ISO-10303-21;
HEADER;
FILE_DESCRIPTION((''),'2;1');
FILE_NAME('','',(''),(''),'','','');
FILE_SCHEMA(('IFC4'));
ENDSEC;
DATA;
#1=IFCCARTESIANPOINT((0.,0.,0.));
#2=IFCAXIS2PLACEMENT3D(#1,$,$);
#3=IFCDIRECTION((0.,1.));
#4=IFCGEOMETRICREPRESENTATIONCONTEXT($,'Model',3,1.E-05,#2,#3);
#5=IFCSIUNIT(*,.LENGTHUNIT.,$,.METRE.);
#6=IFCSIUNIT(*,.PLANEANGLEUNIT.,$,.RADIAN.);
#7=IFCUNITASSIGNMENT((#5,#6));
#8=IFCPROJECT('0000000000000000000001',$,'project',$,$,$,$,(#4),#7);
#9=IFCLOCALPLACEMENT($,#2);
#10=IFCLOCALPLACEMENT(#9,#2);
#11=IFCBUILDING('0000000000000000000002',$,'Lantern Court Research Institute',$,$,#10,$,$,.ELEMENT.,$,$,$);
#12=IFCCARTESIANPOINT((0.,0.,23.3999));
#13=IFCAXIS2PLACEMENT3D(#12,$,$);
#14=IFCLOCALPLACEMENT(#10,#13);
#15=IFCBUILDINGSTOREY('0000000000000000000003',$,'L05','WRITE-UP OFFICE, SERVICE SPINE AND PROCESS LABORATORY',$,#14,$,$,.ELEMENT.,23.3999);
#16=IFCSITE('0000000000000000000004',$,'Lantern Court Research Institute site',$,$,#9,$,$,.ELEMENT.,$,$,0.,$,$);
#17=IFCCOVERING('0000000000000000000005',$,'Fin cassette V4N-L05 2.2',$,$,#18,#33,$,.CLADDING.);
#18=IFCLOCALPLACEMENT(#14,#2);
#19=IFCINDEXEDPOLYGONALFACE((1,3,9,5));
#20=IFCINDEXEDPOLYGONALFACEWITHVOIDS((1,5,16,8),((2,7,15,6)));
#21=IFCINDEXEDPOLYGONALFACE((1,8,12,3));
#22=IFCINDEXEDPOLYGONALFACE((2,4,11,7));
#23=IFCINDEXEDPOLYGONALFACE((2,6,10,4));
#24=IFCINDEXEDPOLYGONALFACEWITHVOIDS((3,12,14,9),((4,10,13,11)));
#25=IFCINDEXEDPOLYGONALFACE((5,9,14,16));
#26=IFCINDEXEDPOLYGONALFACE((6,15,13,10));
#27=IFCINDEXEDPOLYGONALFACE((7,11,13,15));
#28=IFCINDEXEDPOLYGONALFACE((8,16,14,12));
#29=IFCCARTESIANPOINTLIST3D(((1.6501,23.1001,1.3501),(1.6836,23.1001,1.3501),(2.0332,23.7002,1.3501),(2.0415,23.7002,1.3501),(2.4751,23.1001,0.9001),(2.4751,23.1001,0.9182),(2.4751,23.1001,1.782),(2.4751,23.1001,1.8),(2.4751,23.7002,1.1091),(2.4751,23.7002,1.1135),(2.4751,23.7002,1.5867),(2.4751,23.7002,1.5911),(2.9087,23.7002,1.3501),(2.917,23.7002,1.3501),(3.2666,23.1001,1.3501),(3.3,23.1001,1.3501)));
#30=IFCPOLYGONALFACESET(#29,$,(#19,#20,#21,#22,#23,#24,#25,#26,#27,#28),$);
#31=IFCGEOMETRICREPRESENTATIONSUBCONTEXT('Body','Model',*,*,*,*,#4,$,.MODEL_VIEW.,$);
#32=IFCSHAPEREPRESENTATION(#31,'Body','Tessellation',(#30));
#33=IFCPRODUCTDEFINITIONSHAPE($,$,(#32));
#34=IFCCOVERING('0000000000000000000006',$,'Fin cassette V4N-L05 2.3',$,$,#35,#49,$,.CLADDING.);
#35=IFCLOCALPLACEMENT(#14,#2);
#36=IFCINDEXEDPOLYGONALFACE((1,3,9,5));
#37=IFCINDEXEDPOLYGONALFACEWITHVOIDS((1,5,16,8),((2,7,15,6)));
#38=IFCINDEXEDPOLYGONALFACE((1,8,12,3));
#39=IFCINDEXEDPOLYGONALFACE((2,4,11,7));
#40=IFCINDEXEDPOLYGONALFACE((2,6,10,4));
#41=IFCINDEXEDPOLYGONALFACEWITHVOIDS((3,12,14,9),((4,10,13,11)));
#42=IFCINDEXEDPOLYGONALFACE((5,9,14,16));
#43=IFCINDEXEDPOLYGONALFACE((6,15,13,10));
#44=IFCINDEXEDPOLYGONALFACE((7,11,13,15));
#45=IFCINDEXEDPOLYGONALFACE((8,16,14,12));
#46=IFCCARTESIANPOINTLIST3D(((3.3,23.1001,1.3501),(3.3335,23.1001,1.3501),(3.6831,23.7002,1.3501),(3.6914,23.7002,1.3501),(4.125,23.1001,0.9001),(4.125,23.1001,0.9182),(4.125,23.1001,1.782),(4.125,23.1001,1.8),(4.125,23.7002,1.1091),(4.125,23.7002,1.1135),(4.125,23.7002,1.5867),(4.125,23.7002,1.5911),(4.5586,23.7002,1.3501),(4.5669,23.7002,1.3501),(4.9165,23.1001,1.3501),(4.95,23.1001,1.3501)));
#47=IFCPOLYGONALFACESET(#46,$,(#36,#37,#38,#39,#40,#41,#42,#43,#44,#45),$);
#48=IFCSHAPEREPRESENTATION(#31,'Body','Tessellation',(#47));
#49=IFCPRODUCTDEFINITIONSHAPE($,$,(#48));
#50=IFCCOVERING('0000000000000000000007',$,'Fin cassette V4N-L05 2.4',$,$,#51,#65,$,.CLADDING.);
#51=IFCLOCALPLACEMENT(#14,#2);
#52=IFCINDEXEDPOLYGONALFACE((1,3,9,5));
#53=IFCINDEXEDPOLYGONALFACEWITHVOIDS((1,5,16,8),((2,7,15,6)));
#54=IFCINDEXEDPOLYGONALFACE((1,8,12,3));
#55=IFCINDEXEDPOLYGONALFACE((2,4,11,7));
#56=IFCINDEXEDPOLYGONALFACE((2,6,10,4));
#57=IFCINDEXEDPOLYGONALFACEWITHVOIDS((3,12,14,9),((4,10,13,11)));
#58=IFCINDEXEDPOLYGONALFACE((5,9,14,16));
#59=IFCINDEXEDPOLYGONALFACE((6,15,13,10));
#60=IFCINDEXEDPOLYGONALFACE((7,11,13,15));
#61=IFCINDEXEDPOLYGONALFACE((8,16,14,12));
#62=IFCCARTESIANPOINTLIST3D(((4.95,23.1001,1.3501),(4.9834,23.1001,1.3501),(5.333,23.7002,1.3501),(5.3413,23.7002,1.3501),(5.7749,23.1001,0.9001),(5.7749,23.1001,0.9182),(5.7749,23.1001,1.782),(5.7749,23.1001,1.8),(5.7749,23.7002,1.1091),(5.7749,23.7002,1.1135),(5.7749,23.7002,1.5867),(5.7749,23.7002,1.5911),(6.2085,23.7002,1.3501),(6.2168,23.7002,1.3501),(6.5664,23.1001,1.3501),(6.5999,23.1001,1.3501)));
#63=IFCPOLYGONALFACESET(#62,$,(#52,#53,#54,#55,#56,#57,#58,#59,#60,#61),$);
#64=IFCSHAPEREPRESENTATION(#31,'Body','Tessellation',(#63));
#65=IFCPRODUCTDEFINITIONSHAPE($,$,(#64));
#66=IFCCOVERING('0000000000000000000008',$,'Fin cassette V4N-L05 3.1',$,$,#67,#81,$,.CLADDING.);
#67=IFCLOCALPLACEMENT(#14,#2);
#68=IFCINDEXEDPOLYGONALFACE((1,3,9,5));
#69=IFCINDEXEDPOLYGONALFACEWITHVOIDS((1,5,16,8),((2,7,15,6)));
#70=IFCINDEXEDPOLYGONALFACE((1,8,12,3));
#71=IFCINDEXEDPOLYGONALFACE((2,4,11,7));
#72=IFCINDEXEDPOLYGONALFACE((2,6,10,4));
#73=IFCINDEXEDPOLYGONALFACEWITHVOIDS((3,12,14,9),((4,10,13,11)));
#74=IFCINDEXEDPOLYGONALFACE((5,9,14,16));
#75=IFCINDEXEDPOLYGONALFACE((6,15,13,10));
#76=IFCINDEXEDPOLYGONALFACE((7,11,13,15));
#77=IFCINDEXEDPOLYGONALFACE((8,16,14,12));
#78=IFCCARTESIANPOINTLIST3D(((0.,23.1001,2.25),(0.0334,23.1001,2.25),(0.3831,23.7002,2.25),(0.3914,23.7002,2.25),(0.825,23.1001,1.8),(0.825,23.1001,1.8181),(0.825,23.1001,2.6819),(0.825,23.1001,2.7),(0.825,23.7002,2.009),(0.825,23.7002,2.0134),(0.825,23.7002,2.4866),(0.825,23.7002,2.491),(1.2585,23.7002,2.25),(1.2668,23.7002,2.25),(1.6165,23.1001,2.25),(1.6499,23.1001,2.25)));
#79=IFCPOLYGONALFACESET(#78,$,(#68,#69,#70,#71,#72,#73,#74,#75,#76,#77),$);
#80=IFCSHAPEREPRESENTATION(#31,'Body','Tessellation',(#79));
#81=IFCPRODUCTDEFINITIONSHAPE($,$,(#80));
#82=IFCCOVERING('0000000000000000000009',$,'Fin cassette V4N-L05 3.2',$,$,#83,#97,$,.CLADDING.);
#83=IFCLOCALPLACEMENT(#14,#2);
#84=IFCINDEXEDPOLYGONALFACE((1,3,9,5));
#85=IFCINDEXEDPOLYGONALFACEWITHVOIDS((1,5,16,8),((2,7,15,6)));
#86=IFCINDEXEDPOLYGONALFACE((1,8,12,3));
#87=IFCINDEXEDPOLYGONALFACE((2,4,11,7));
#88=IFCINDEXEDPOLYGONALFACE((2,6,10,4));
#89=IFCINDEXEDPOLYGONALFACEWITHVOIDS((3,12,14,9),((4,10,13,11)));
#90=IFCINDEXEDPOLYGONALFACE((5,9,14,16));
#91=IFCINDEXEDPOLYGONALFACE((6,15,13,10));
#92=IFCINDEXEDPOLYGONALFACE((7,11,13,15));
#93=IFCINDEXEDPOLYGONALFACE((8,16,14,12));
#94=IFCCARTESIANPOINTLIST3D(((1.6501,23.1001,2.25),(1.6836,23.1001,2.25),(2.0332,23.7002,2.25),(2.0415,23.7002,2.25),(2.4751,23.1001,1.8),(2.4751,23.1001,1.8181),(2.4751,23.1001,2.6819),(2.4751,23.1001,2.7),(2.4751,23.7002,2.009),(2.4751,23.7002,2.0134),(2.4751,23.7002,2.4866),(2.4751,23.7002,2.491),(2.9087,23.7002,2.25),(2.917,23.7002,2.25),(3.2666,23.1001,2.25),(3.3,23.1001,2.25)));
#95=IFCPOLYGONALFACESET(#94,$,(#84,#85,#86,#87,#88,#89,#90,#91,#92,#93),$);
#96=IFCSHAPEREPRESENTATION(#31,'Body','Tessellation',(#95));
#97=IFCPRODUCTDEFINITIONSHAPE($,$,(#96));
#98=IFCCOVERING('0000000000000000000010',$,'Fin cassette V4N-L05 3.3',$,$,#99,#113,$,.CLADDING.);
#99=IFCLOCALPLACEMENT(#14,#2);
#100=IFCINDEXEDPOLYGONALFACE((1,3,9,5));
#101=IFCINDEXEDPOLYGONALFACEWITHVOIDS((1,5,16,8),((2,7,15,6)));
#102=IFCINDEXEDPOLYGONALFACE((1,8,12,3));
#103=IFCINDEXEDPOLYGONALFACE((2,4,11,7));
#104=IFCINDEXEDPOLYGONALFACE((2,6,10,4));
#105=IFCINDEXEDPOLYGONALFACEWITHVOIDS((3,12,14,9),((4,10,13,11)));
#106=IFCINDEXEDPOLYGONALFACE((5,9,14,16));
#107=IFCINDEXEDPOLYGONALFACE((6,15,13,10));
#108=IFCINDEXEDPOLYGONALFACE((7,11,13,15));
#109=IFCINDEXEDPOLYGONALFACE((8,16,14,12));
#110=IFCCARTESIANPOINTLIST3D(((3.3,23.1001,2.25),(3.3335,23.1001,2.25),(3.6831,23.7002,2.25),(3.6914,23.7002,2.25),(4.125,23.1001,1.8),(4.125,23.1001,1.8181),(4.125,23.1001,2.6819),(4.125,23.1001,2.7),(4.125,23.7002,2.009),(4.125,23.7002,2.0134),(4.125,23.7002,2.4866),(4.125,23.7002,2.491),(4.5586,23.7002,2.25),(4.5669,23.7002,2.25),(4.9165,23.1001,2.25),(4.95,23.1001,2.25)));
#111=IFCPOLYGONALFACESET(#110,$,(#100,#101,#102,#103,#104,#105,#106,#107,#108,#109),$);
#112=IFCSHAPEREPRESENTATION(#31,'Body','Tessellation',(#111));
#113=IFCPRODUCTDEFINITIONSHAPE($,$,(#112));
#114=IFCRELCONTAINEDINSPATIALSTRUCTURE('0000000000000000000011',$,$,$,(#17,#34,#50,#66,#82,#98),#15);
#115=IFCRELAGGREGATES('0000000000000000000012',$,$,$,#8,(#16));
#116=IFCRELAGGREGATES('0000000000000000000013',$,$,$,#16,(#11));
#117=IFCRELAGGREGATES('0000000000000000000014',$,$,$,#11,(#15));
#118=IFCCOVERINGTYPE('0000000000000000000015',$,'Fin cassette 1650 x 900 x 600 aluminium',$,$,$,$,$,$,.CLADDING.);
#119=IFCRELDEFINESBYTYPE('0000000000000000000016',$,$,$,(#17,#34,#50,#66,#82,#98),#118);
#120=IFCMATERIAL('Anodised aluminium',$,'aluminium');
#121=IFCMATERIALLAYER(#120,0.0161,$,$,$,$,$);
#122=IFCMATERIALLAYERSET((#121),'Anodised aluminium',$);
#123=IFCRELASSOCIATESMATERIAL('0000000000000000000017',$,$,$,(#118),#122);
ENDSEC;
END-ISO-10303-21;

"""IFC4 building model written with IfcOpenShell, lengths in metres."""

from ifc_helpers import new_model, entity, si_unit, direction, frame, origin, place, context, subcontext, project, spatial, material, layer, layer_set, type_object, element, save


model = new_model("IFC4")

# Units and contexts
model_context = context("Model", 3, precision=1e-05, world=origin(), true_north=direction((0.0, 1.0)))
body_context = subcontext(model_context, "Body", "Model", "MODEL_VIEW")
ifc_project = project(units=[si_unit("LENGTHUNIT", "METRE"), si_unit("PLANEANGLEUNIT", "RADIAN")], contexts=[model_context])

# Site, building, storey
site_placement = place(None, origin())
site = spatial("IfcSite", under=ifc_project, at=site_placement, Name="Lantern Court Research Institute site", CompositionType="ELEMENT", RefElevation=0.0)
building_placement = place(site_placement, origin())
building = spatial("IfcBuilding", under=site, at=building_placement, Name="Lantern Court Research Institute", CompositionType="ELEMENT")
storey_placement = place(building_placement, frame((0.0, 0.0, 23.3999)))
storey = spatial("IfcBuildingStorey", under=building, at=storey_placement, Name="L05", Description="WRITE-UP OFFICE, SERVICE SPINE AND PROCESS LABORATORY", CompositionType="ELEMENT", Elevation=23.3999)

# Coverings
ifc_material_1 = material(Name="Anodised aluminium", Category="aluminium")
ifc_layer_1 = layer(ifc_material_1, 0.0161)
ifc_layer_set_1 = layer_set([ifc_layer_1], Name="Anodised aluminium")
covering_type = type_object("IfcCoveringType", Name="Fin cassette 1650 x 900 x 600 aluminium", PredefinedType="CLADDING", material=ifc_layer_set_1)
covering_1_placement = place(storey_placement, frame((2.4751, 23.1001, 1.3501), z_axis=(0.0, 1.0, 0.0), x_axis=(-1.0, 0.0, 0.0)))
cartesian_point_1 = entity("IfcCartesianPoint", [0.825, 0.0])
cartesian_point_2 = entity("IfcCartesianPoint", [0.7915, 0.0])
cartesian_point_3 = entity("IfcCartesianPoint", [0.4419, 0.0])
cartesian_point_4 = entity("IfcCartesianPoint", [0.4336, 0.0])
element("IfcCovering", 1, at=covering_1_placement, inside=storey, type_object=covering_type, Name="Fin cassette V4N-L05 2.2", PredefinedType="CLADDING", context=body_context, shape_type="SweptSolid", body=[
    entity("IfcExtrudedAreaSolidTapered", entity("IfcArbitraryProfileDefWithVoids", "AREA", None, entity("IfcPolyline", [cartesian_point_1, entity("IfcCartesianPoint", [0.0, 0.45]), entity("IfcCartesianPoint", [-0.825, 0.0]), entity("IfcCartesianPoint", [0.0, -0.45]), cartesian_point_1]), [entity("IfcPolyline", [cartesian_point_2, entity("IfcCartesianPoint", [0.0, 0.4319]), entity("IfcCartesianPoint", [-0.7915, 0.0]), entity("IfcCartesianPoint", [0.0, -0.4319]), cartesian_point_2])]), entity("IfcAxis2Placement3D", entity("IfcCartesianPoint", [0.0, 0.0, 0.0])), entity("IfcDirection", [0.0, 0.0, 1.0]), 0.6001, entity("IfcArbitraryProfileDefWithVoids", "AREA", None, entity("IfcPolyline", [cartesian_point_3, entity("IfcCartesianPoint", [0.0, 0.241]), entity("IfcCartesianPoint", [-0.4419, 0.0]), entity("IfcCartesianPoint", [0.0, -0.241]), cartesian_point_3]), [entity("IfcPolyline", [cartesian_point_4, entity("IfcCartesianPoint", [0.0, 0.2366]), entity("IfcCartesianPoint", [-0.4336, 0.0]), entity("IfcCartesianPoint", [0.0, -0.2366]), cartesian_point_4])])),
])
covering_2_placement = place(storey_placement, frame((4.125, 23.1001, 1.3501), z_axis=(0.0, 1.0, 0.0), x_axis=(-1.0, 0.0, 0.0)))
cartesian_point_5 = entity("IfcCartesianPoint", [0.825, 0.0])
cartesian_point_6 = entity("IfcCartesianPoint", [0.7915, 0.0])
cartesian_point_7 = entity("IfcCartesianPoint", [0.4419, 0.0])
cartesian_point_8 = entity("IfcCartesianPoint", [0.4336, 0.0])
element("IfcCovering", 2, at=covering_2_placement, inside=storey, type_object=covering_type, Name="Fin cassette V4N-L05 2.3", PredefinedType="CLADDING", context=body_context, shape_type="SweptSolid", body=[
    entity("IfcExtrudedAreaSolidTapered", entity("IfcArbitraryProfileDefWithVoids", "AREA", None, entity("IfcPolyline", [cartesian_point_5, entity("IfcCartesianPoint", [0.0, 0.45]), entity("IfcCartesianPoint", [-0.825, 0.0]), entity("IfcCartesianPoint", [0.0, -0.45]), cartesian_point_5]), [entity("IfcPolyline", [cartesian_point_6, entity("IfcCartesianPoint", [0.0, 0.4319]), entity("IfcCartesianPoint", [-0.7915, 0.0]), entity("IfcCartesianPoint", [0.0, -0.4319]), cartesian_point_6])]), entity("IfcAxis2Placement3D", entity("IfcCartesianPoint", [0.0, 0.0, 0.0])), entity("IfcDirection", [0.0, 0.0, 1.0]), 0.6001, entity("IfcArbitraryProfileDefWithVoids", "AREA", None, entity("IfcPolyline", [cartesian_point_7, entity("IfcCartesianPoint", [0.0, 0.241]), entity("IfcCartesianPoint", [-0.4419, 0.0]), entity("IfcCartesianPoint", [0.0, -0.241]), cartesian_point_7]), [entity("IfcPolyline", [cartesian_point_8, entity("IfcCartesianPoint", [0.0, 0.2366]), entity("IfcCartesianPoint", [-0.4336, 0.0]), entity("IfcCartesianPoint", [0.0, -0.2366]), cartesian_point_8])])),
])
covering_3_placement = place(storey_placement, frame((5.7749, 23.1001, 1.3501), z_axis=(0.0, 1.0, 0.0), x_axis=(-1.0, 0.0, 0.0)))
cartesian_point_9 = entity("IfcCartesianPoint", [0.825, 0.0])
cartesian_point_10 = entity("IfcCartesianPoint", [0.7915, 0.0])
cartesian_point_11 = entity("IfcCartesianPoint", [0.4419, 0.0])
cartesian_point_12 = entity("IfcCartesianPoint", [0.4336, 0.0])
element("IfcCovering", 3, at=covering_3_placement, inside=storey, type_object=covering_type, Name="Fin cassette V4N-L05 2.4", PredefinedType="CLADDING", context=body_context, shape_type="SweptSolid", body=[
    entity("IfcExtrudedAreaSolidTapered", entity("IfcArbitraryProfileDefWithVoids", "AREA", None, entity("IfcPolyline", [cartesian_point_9, entity("IfcCartesianPoint", [0.0, 0.45]), entity("IfcCartesianPoint", [-0.825, 0.0]), entity("IfcCartesianPoint", [0.0, -0.45]), cartesian_point_9]), [entity("IfcPolyline", [cartesian_point_10, entity("IfcCartesianPoint", [0.0, 0.4319]), entity("IfcCartesianPoint", [-0.7915, 0.0]), entity("IfcCartesianPoint", [0.0, -0.4319]), cartesian_point_10])]), entity("IfcAxis2Placement3D", entity("IfcCartesianPoint", [0.0, 0.0, 0.0])), entity("IfcDirection", [0.0, 0.0, 1.0]), 0.6001, entity("IfcArbitraryProfileDefWithVoids", "AREA", None, entity("IfcPolyline", [cartesian_point_11, entity("IfcCartesianPoint", [0.0, 0.241]), entity("IfcCartesianPoint", [-0.4419, 0.0]), entity("IfcCartesianPoint", [0.0, -0.241]), cartesian_point_11]), [entity("IfcPolyline", [cartesian_point_12, entity("IfcCartesianPoint", [0.0, 0.2366]), entity("IfcCartesianPoint", [-0.4336, 0.0]), entity("IfcCartesianPoint", [0.0, -0.2366]), cartesian_point_12])])),
])
covering_4_placement = place(storey_placement, frame((0.825, 23.1001, 2.25), z_axis=(0.0, 1.0, 0.0), x_axis=(-1.0, 0.0, 0.0)))
cartesian_point_13 = entity("IfcCartesianPoint", [0.825, 0.0])
cartesian_point_14 = entity("IfcCartesianPoint", [0.7915, 0.0])
cartesian_point_15 = entity("IfcCartesianPoint", [0.4419, 0.0])
cartesian_point_16 = entity("IfcCartesianPoint", [0.4336, 0.0])
element("IfcCovering", 4, at=covering_4_placement, inside=storey, type_object=covering_type, Name="Fin cassette V4N-L05 3.1", PredefinedType="CLADDING", context=body_context, shape_type="SweptSolid", body=[
    entity("IfcExtrudedAreaSolidTapered", entity("IfcArbitraryProfileDefWithVoids", "AREA", None, entity("IfcPolyline", [cartesian_point_13, entity("IfcCartesianPoint", [0.0, 0.45]), entity("IfcCartesianPoint", [-0.825, 0.0]), entity("IfcCartesianPoint", [0.0, -0.45]), cartesian_point_13]), [entity("IfcPolyline", [cartesian_point_14, entity("IfcCartesianPoint", [0.0, 0.4319]), entity("IfcCartesianPoint", [-0.7915, 0.0]), entity("IfcCartesianPoint", [0.0, -0.4319]), cartesian_point_14])]), entity("IfcAxis2Placement3D", entity("IfcCartesianPoint", [0.0, 0.0, 0.0])), entity("IfcDirection", [0.0, 0.0, 1.0]), 0.6001, entity("IfcArbitraryProfileDefWithVoids", "AREA", None, entity("IfcPolyline", [cartesian_point_15, entity("IfcCartesianPoint", [0.0, 0.241]), entity("IfcCartesianPoint", [-0.4419, 0.0]), entity("IfcCartesianPoint", [0.0, -0.241]), cartesian_point_15]), [entity("IfcPolyline", [cartesian_point_16, entity("IfcCartesianPoint", [0.0, 0.2366]), entity("IfcCartesianPoint", [-0.4336, 0.0]), entity("IfcCartesianPoint", [0.0, -0.2366]), cartesian_point_16])])),
])
covering_5_placement = place(storey_placement, frame((2.4751, 23.1001, 2.25), z_axis=(0.0, 1.0, 0.0), x_axis=(-1.0, 0.0, 0.0)))
cartesian_point_17 = entity("IfcCartesianPoint", [0.825, 0.0])
cartesian_point_18 = entity("IfcCartesianPoint", [0.7915, 0.0])
cartesian_point_19 = entity("IfcCartesianPoint", [0.4419, 0.0])
cartesian_point_20 = entity("IfcCartesianPoint", [0.4336, 0.0])
element("IfcCovering", 5, at=covering_5_placement, inside=storey, type_object=covering_type, Name="Fin cassette V4N-L05 3.2", PredefinedType="CLADDING", context=body_context, shape_type="SweptSolid", body=[
    entity("IfcExtrudedAreaSolidTapered", entity("IfcArbitraryProfileDefWithVoids", "AREA", None, entity("IfcPolyline", [cartesian_point_17, entity("IfcCartesianPoint", [0.0, 0.45]), entity("IfcCartesianPoint", [-0.825, 0.0]), entity("IfcCartesianPoint", [0.0, -0.45]), cartesian_point_17]), [entity("IfcPolyline", [cartesian_point_18, entity("IfcCartesianPoint", [0.0, 0.4319]), entity("IfcCartesianPoint", [-0.7915, 0.0]), entity("IfcCartesianPoint", [0.0, -0.4319]), cartesian_point_18])]), entity("IfcAxis2Placement3D", entity("IfcCartesianPoint", [0.0, 0.0, 0.0])), entity("IfcDirection", [0.0, 0.0, 1.0]), 0.6001, entity("IfcArbitraryProfileDefWithVoids", "AREA", None, entity("IfcPolyline", [cartesian_point_19, entity("IfcCartesianPoint", [0.0, 0.241]), entity("IfcCartesianPoint", [-0.4419, 0.0]), entity("IfcCartesianPoint", [0.0, -0.241]), cartesian_point_19]), [entity("IfcPolyline", [cartesian_point_20, entity("IfcCartesianPoint", [0.0, 0.2366]), entity("IfcCartesianPoint", [-0.4336, 0.0]), entity("IfcCartesianPoint", [0.0, -0.2366]), cartesian_point_20])])),
])
covering_6_placement = place(storey_placement, frame((4.125, 23.1001, 2.25), z_axis=(0.0, 1.0, 0.0), x_axis=(-1.0, 0.0, 0.0)))
cartesian_point_21 = entity("IfcCartesianPoint", [0.825, 0.0])
cartesian_point_22 = entity("IfcCartesianPoint", [0.7915, 0.0])
cartesian_point_23 = entity("IfcCartesianPoint", [0.4419, 0.0])
cartesian_point_24 = entity("IfcCartesianPoint", [0.4336, 0.0])
element("IfcCovering", 6, at=covering_6_placement, inside=storey, type_object=covering_type, Name="Fin cassette V4N-L05 3.3", PredefinedType="CLADDING", context=body_context, shape_type="SweptSolid", body=[
    entity("IfcExtrudedAreaSolidTapered", entity("IfcArbitraryProfileDefWithVoids", "AREA", None, entity("IfcPolyline", [cartesian_point_21, entity("IfcCartesianPoint", [0.0, 0.45]), entity("IfcCartesianPoint", [-0.825, 0.0]), entity("IfcCartesianPoint", [0.0, -0.45]), cartesian_point_21]), [entity("IfcPolyline", [cartesian_point_22, entity("IfcCartesianPoint", [0.0, 0.4319]), entity("IfcCartesianPoint", [-0.7915, 0.0]), entity("IfcCartesianPoint", [0.0, -0.4319]), cartesian_point_22])]), entity("IfcAxis2Placement3D", entity("IfcCartesianPoint", [0.0, 0.0, 0.0])), entity("IfcDirection", [0.0, 0.0, 1.0]), 0.6001, entity("IfcArbitraryProfileDefWithVoids", "AREA", None, entity("IfcPolyline", [cartesian_point_23, entity("IfcCartesianPoint", [0.0, 0.241]), entity("IfcCartesianPoint", [-0.4419, 0.0]), entity("IfcCartesianPoint", [0.0, -0.241]), cartesian_point_23]), [entity("IfcPolyline", [cartesian_point_24, entity("IfcCartesianPoint", [0.0, 0.2366]), entity("IfcCartesianPoint", [-0.4336, 0.0]), entity("IfcCartesianPoint", [0.0, -0.2366]), cartesian_point_24])])),
])

save(model, "model.ifc")
